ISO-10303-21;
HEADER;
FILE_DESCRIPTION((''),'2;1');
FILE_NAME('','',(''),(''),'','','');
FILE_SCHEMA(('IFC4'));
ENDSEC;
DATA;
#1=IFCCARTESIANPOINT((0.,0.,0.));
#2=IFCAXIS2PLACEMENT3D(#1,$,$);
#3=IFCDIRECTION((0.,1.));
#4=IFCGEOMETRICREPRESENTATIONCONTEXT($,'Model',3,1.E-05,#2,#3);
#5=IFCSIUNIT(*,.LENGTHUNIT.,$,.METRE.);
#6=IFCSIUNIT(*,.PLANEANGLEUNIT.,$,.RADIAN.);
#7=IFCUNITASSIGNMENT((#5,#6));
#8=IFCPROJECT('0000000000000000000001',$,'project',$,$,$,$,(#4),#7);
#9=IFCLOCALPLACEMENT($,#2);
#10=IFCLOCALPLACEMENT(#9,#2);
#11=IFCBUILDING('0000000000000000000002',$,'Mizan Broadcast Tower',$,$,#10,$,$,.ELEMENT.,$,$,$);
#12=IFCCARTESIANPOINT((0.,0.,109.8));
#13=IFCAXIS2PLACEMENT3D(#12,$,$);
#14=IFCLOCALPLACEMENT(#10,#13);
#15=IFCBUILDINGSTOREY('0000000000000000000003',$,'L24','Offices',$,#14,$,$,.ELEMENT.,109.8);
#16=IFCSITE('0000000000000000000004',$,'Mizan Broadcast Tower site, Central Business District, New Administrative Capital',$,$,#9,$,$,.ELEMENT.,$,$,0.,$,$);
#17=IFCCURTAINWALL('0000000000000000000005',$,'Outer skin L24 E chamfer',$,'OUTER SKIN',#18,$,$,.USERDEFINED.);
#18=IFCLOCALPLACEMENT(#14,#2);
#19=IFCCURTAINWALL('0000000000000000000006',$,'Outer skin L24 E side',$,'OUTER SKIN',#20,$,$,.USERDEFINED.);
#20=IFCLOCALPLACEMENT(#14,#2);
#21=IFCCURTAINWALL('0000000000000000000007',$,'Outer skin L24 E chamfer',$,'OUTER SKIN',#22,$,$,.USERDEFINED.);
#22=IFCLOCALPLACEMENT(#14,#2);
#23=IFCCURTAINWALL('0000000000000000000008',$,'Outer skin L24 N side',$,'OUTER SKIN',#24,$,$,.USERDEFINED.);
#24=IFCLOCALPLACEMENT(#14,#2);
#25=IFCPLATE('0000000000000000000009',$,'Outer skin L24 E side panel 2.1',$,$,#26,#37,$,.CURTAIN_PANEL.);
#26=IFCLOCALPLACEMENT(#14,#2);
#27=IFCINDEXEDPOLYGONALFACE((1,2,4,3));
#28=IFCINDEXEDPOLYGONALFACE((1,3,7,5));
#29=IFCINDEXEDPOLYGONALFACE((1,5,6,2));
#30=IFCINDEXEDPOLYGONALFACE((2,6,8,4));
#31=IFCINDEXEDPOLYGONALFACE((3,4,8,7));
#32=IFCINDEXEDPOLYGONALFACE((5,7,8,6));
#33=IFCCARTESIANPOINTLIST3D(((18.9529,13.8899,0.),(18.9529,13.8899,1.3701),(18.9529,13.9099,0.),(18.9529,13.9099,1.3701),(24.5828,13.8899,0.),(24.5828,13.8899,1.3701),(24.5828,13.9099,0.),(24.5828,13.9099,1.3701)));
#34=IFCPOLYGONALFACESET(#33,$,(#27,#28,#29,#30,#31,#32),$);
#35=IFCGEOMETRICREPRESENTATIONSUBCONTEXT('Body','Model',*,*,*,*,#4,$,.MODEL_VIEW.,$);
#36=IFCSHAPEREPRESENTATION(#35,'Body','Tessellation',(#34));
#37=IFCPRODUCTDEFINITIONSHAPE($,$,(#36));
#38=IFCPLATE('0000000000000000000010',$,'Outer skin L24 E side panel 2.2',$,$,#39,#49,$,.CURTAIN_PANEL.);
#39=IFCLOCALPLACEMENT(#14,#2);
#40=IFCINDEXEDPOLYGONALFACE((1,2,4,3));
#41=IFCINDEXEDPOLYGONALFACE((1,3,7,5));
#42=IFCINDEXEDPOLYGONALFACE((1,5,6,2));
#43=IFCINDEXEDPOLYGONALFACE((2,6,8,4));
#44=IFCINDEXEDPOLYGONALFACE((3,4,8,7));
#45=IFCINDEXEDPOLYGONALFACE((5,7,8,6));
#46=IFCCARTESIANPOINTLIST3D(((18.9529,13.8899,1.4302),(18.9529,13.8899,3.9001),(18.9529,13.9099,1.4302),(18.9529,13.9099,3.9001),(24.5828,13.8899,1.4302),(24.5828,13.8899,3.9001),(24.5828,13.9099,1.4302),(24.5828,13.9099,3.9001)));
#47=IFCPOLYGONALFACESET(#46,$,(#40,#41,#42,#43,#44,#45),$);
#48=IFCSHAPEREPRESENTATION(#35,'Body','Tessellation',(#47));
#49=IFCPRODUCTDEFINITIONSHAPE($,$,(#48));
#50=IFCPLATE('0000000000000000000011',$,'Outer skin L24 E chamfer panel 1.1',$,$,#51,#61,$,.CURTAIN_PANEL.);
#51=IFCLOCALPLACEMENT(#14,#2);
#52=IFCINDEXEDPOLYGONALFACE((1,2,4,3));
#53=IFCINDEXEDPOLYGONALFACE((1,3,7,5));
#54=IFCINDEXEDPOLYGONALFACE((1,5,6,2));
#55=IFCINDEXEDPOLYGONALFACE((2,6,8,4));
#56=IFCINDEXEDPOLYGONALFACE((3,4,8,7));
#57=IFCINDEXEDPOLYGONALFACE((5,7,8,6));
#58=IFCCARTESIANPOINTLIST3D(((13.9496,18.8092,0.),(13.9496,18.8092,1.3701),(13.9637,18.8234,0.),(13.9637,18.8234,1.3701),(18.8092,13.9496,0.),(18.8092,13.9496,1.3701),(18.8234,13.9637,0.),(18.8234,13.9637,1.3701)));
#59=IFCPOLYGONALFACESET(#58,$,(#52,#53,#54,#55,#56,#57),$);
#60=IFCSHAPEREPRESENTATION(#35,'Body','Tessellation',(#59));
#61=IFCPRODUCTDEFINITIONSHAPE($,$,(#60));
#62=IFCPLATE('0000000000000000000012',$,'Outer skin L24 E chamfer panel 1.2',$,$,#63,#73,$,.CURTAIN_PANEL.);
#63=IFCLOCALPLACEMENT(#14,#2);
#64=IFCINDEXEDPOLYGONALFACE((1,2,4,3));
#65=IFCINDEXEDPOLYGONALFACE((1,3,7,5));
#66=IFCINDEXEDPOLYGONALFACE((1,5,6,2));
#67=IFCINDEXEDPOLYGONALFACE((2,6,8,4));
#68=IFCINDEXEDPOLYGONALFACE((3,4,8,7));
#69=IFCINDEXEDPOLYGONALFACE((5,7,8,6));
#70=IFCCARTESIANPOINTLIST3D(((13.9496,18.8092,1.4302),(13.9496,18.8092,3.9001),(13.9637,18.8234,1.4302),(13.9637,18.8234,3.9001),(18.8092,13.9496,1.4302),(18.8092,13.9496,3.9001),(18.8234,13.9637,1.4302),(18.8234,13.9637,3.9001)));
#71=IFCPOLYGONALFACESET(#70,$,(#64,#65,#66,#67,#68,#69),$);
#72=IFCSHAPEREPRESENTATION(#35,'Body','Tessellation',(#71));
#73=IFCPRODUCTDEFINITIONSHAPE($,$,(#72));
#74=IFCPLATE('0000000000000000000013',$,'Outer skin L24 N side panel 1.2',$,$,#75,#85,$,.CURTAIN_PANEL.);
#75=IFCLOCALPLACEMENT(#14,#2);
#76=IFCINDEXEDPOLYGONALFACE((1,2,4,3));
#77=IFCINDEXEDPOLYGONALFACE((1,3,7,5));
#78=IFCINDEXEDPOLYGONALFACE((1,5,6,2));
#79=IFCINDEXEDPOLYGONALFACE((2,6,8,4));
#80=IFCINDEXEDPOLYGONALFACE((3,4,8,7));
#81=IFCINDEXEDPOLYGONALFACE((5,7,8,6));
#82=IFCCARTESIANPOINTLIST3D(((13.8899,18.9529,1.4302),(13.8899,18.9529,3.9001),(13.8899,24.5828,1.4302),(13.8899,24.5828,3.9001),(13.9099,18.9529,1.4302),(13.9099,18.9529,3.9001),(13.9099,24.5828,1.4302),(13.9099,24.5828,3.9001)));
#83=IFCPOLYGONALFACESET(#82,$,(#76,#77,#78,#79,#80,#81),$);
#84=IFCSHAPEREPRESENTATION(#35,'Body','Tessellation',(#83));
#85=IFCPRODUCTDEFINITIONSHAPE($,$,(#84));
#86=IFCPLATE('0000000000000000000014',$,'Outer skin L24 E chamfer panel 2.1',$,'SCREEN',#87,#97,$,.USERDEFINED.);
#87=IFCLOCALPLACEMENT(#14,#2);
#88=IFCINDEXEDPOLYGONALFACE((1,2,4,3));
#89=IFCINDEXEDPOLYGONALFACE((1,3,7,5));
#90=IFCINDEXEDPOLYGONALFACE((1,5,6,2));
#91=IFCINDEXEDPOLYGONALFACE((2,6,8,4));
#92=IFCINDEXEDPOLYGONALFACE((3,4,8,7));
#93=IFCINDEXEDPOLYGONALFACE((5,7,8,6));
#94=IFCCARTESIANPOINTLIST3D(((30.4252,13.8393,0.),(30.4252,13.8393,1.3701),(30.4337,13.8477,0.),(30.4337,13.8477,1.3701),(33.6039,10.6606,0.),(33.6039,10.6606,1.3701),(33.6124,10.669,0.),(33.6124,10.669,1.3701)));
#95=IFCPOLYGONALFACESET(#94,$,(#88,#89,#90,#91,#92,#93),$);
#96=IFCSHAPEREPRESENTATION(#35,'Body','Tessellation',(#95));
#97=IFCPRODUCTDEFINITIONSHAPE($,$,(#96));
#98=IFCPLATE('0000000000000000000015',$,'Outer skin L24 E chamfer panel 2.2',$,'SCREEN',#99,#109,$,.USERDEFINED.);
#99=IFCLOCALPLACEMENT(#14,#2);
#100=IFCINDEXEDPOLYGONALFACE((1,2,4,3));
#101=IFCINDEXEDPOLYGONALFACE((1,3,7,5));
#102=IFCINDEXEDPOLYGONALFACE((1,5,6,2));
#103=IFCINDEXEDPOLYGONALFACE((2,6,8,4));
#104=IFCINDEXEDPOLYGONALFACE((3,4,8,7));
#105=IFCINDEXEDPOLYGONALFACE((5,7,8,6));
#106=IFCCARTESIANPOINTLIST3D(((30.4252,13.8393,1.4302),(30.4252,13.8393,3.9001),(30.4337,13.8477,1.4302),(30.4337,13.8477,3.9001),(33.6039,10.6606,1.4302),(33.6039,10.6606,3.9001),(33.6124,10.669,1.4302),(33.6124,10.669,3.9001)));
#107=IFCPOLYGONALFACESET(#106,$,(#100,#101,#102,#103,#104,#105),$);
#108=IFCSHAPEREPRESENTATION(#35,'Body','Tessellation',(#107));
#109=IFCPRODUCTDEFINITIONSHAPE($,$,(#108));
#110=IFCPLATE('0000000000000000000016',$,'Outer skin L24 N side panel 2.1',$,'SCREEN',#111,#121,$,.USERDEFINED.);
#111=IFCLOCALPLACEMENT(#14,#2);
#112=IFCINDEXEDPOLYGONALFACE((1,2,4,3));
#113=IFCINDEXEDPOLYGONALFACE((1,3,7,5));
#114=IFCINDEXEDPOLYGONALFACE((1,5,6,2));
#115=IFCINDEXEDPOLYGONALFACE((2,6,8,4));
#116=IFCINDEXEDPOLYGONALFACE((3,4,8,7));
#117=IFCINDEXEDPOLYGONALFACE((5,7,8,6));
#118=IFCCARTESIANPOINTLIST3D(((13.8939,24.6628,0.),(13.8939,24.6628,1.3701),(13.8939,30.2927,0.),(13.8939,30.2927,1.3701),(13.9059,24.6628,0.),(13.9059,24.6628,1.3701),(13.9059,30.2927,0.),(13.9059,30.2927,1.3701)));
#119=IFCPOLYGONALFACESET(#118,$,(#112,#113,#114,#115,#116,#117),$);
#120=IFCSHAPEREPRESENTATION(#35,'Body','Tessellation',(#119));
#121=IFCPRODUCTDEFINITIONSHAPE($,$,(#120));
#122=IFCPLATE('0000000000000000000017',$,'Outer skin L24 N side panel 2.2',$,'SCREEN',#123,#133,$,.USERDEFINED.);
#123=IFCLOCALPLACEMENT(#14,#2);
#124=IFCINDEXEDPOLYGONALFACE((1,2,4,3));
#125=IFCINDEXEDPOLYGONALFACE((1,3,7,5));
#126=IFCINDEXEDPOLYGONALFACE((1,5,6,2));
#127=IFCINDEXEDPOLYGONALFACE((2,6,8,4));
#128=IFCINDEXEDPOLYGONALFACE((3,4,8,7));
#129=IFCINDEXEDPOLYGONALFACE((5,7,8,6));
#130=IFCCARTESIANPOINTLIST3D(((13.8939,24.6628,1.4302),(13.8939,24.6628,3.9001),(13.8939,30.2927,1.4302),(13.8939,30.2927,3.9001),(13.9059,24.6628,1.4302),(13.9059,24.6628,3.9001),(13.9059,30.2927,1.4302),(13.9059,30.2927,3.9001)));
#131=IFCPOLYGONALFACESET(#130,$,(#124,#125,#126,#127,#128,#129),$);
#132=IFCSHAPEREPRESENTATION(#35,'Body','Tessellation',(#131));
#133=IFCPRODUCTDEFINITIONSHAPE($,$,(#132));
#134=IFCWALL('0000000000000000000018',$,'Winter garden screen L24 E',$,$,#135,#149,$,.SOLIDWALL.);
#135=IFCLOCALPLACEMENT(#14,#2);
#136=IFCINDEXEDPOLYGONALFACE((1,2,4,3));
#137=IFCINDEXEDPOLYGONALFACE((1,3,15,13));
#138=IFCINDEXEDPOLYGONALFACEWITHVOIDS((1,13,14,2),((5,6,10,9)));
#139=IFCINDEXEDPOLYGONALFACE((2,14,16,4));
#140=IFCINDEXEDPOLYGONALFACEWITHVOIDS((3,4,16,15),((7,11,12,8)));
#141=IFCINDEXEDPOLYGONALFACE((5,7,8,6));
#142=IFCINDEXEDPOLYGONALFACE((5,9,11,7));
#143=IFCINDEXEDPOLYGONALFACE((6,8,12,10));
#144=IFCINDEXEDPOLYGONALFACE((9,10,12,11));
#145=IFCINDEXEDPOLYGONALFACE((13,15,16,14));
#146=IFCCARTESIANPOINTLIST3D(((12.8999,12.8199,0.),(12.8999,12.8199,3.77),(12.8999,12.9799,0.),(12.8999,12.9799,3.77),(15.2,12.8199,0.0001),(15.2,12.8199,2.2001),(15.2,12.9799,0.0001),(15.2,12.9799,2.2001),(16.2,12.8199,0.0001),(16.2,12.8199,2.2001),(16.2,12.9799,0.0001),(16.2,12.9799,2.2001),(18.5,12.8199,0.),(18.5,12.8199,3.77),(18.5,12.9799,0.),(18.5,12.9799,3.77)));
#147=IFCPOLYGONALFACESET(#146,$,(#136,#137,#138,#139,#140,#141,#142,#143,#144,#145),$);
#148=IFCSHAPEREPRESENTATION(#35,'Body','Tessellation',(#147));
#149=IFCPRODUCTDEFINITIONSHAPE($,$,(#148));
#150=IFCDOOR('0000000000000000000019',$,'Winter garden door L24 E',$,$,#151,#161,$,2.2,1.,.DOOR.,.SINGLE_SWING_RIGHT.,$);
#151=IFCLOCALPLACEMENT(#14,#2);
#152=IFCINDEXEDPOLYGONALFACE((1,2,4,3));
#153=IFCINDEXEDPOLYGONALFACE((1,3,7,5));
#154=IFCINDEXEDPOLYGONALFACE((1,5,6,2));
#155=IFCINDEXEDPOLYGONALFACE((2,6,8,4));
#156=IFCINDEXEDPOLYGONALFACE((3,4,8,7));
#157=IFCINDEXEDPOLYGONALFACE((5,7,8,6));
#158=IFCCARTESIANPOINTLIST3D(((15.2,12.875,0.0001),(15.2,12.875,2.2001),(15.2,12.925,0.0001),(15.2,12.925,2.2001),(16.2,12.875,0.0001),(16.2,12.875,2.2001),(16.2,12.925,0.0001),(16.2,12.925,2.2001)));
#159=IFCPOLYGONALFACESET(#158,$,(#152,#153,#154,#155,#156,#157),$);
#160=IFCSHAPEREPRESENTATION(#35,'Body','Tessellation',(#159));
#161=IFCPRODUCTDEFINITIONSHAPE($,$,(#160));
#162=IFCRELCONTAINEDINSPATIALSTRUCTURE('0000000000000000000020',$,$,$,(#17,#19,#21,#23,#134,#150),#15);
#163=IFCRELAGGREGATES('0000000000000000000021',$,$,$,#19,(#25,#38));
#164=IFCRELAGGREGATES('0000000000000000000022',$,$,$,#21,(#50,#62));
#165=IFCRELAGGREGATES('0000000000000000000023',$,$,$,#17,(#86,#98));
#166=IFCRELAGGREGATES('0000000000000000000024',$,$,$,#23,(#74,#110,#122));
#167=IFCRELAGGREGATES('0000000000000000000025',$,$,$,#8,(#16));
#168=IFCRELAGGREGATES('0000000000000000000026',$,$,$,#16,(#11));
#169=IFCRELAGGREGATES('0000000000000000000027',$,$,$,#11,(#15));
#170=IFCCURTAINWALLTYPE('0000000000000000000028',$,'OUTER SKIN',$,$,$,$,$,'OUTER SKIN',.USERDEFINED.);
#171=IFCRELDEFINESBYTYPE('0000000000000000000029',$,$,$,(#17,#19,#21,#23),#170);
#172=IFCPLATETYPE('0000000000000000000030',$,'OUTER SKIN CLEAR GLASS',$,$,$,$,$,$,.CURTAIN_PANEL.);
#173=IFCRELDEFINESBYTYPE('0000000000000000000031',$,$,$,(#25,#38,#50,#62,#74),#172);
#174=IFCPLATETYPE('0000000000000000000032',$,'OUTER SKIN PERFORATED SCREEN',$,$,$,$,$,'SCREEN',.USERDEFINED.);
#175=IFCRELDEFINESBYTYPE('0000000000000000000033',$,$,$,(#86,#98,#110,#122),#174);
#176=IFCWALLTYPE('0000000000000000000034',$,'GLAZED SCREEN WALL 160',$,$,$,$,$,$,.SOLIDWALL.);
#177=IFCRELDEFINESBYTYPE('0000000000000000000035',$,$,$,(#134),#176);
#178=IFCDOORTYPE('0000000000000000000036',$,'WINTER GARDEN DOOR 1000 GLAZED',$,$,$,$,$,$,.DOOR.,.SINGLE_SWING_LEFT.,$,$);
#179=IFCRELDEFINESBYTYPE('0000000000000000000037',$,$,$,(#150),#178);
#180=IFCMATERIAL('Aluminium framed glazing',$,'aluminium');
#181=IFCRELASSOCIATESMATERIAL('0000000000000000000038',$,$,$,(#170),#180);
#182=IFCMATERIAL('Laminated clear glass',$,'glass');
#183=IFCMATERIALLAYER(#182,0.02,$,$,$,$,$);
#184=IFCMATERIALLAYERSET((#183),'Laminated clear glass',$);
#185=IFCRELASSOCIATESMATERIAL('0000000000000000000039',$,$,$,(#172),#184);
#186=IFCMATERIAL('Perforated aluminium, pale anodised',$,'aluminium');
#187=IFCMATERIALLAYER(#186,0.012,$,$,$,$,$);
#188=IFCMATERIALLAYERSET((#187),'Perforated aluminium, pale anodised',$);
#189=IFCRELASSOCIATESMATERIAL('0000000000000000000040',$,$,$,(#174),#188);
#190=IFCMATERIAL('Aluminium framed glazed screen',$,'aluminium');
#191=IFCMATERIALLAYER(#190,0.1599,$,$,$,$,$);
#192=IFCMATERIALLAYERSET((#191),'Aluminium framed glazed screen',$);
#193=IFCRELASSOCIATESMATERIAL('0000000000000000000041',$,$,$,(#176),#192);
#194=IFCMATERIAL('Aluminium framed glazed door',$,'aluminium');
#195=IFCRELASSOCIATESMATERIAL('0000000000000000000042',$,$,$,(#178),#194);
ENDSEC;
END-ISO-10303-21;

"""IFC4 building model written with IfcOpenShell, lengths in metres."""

from ifc_helpers import new_model, si_unit, direction, frame, frame_2d, origin, origin_2d, place, context, subcontext, project, spatial, rectangle, extrude, material, layer, layer_set, type_object, element, fill, aggregate, save


model = new_model("IFC4")

# Units and contexts
model_context = context("Model", 3, precision=1e-05, world=origin(), true_north=direction((0.0, 1.0)))
body_context = subcontext(model_context, "Body", "Model", "MODEL_VIEW")
ifc_project = project(units=[si_unit("LENGTHUNIT", "METRE"), si_unit("PLANEANGLEUNIT", "RADIAN")], contexts=[model_context])

# Site, building, storey
site_placement = place(None, origin())
site = spatial("IfcSite", under=ifc_project, at=site_placement, Name="Mizan Broadcast Tower site, Central Business District, New Administrative Capital", CompositionType="ELEMENT", RefElevation=0.0)
building_placement = place(site_placement, origin())
building = spatial("IfcBuilding", under=site, at=building_placement, Name="Mizan Broadcast Tower", CompositionType="ELEMENT")
storey_placement = place(building_placement, frame((0.0, 0.0, 109.8)))
storey = spatial("IfcBuildingStorey", under=building, at=storey_placement, Name="L24", Description="Offices", CompositionType="ELEMENT", Elevation=109.8)

# Curtain wall
ifc_material_1 = material(Name="Aluminium framed glazing", Category="aluminium")
curtain_wall_type_1 = type_object("IfcCurtainWallType", Name="OUTER SKIN", ElementType="OUTER SKIN", PredefinedType="USERDEFINED", material=ifc_material_1)
curtain_wall_1_placement = place(storey_placement, origin())
curtain_wall_1 = element("IfcCurtainWall", 1, at=curtain_wall_1_placement, inside=storey, type_object=curtain_wall_type_1, Name="Outer skin L24 E chamfer", ObjectType="OUTER SKIN", PredefinedType="USERDEFINED")

# Curtain wall
curtain_wall_2_placement = place(storey_placement, origin())
curtain_wall_2 = element("IfcCurtainWall", 2, at=curtain_wall_2_placement, inside=storey, type_object=curtain_wall_type_1, Name="Outer skin L24 E side", ObjectType="OUTER SKIN", PredefinedType="USERDEFINED")

# Curtain wall
curtain_wall_3_placement = place(storey_placement, origin())
curtain_wall_3 = element("IfcCurtainWall", 3, at=curtain_wall_3_placement, inside=storey, type_object=curtain_wall_type_1, Name="Outer skin L24 E chamfer", ObjectType="OUTER SKIN", PredefinedType="USERDEFINED")

# Curtain wall
curtain_wall_4_placement = place(storey_placement, origin())
curtain_wall_4 = element("IfcCurtainWall", 4, at=curtain_wall_4_placement, inside=storey, type_object=curtain_wall_type_1, Name="Outer skin L24 N side", ObjectType="OUTER SKIN", PredefinedType="USERDEFINED")

# Plates
ifc_material_2 = material(Name="Laminated clear glass", Category="glass")
ifc_layer_1 = layer(ifc_material_2, 0.02)
ifc_layer_set_1 = layer_set([ifc_layer_1], Name="Laminated clear glass")
plate_type_1 = type_object("IfcPlateType", Name="OUTER SKIN CLEAR GLASS", PredefinedType="CURTAIN_PANEL", material=ifc_layer_set_1)
plate_1_placement = place(storey_placement, frame((21.7678, 13.8999, 0.0), z_axis=(0.0, 0.0, 1.0), x_axis=(-1.0, 0.0, 0.0)))
plate_1 = element("IfcPlate", 5, at=plate_1_placement, type_object=plate_type_1, Name="Outer skin L24 E side panel 2.1", PredefinedType="CURTAIN_PANEL", context=body_context, shape_type="SweptSolid", body=[
    extrude(rectangle(XDim=5.6299, YDim=0.02, at=origin_2d()), origin(), (0.0, 0.0, 1.0), 1.3701),
])
plate_2_placement = place(storey_placement, frame((21.7678, 13.8999, 1.4302), z_axis=(0.0, 0.0, 1.0), x_axis=(-1.0, 0.0, 0.0)))
plate_2 = element("IfcPlate", 6, at=plate_2_placement, type_object=plate_type_1, Name="Outer skin L24 E side panel 2.2", PredefinedType="CURTAIN_PANEL", context=body_context, shape_type="SweptSolid", body=[
    extrude(rectangle(XDim=5.6299, YDim=0.02, at=origin_2d()), origin(), (0.0, 0.0, 1.0), 2.47),
])
aggregate(curtain_wall_2, [plate_1, plate_2])
plate_3_placement = place(storey_placement, frame((16.3865, 16.3865, 0.0), z_axis=(0.0, 0.0, 1.0), x_axis=(-0.707107, 0.707107, 0.0)))
plate_3 = element("IfcPlate", 7, at=plate_3_placement, type_object=plate_type_1, Name="Outer skin L24 E chamfer panel 1.1", PredefinedType="CURTAIN_PANEL", context=body_context, shape_type="SweptSolid", body=[
    extrude(rectangle(XDim=6.8726, YDim=0.02, at=origin_2d()), origin(), (0.0, 0.0, 1.0), 1.3701),
])
plate_4_placement = place(storey_placement, frame((16.3865, 16.3865, 1.4302), z_axis=(0.0, 0.0, 1.0), x_axis=(-0.707107, 0.707107, 0.0)))
plate_4 = element("IfcPlate", 8, at=plate_4_placement, type_object=plate_type_1, Name="Outer skin L24 E chamfer panel 1.2", PredefinedType="CURTAIN_PANEL", context=body_context, shape_type="SweptSolid", body=[
    extrude(rectangle(XDim=6.8726, YDim=0.02, at=origin_2d()), origin(), (0.0, 0.0, 1.0), 2.47),
])
aggregate(curtain_wall_3, [plate_3, plate_4])
plate_5_placement = place(storey_placement, frame((13.8999, 21.7678, 1.4302), z_axis=(0.0, 0.0, 1.0), x_axis=(0.0, 1.0, 0.0)))
plate_5 = element("IfcPlate", 9, at=plate_5_placement, type_object=plate_type_1, Name="Outer skin L24 N side panel 1.2", PredefinedType="CURTAIN_PANEL", context=body_context, shape_type="SweptSolid", body=[
    extrude(rectangle(XDim=5.6299, YDim=0.02, at=origin_2d()), origin(), (0.0, 0.0, 1.0), 2.47),
])
ifc_material_3 = material(Name="Perforated aluminium, pale anodised", Category="aluminium")
ifc_layer_2 = layer(ifc_material_3, 0.012)
ifc_layer_set_2 = layer_set([ifc_layer_2], Name="Perforated aluminium, pale anodised")
plate_type_2 = type_object("IfcPlateType", Name="OUTER SKIN PERFORATED SCREEN", ElementType="SCREEN", PredefinedType="USERDEFINED", material=ifc_layer_set_2)
plate_6_placement = place(storey_placement, frame((32.0188, 12.2542, 0.0), z_axis=(0.0, 0.0, 1.0), x_axis=(-0.707107, 0.707107, 0.0)))
plate_6 = element("IfcPlate", 10, at=plate_6_placement, type_object=plate_type_2, Name="Outer skin L24 E chamfer panel 2.1", ObjectType="SCREEN", PredefinedType="USERDEFINED", context=body_context, shape_type="SweptSolid", body=[
    extrude(rectangle(XDim=4.4954, YDim=0.012, at=origin_2d()), origin(), (0.0, 0.0, 1.0), 1.3701),
])
plate_7_placement = place(storey_placement, frame((32.0188, 12.2542, 1.4302), z_axis=(0.0, 0.0, 1.0), x_axis=(-0.707107, 0.707107, 0.0)))
plate_7 = element("IfcPlate", 11, at=plate_7_placement, type_object=plate_type_2, Name="Outer skin L24 E chamfer panel 2.2", ObjectType="SCREEN", PredefinedType="USERDEFINED", context=body_context, shape_type="SweptSolid", body=[
    extrude(rectangle(XDim=4.4954, YDim=0.012, at=origin_2d()), origin(), (0.0, 0.0, 1.0), 2.47),
])
aggregate(curtain_wall_1, [plate_6, plate_7])
plate_8_placement = place(storey_placement, frame((13.8999, 27.4778, 0.0), z_axis=(0.0, 0.0, 1.0), x_axis=(0.0, 1.0, 0.0)))
plate_8 = element("IfcPlate", 12, at=plate_8_placement, type_object=plate_type_2, Name="Outer skin L24 N side panel 2.1", ObjectType="SCREEN", PredefinedType="USERDEFINED", context=body_context, shape_type="SweptSolid", body=[
    extrude(rectangle(XDim=5.6299, YDim=0.012, at=origin_2d()), origin(), (0.0, 0.0, 1.0), 1.3701),
])
plate_9_placement = place(storey_placement, frame((13.8999, 27.4778, 1.4302), z_axis=(0.0, 0.0, 1.0), x_axis=(0.0, 1.0, 0.0)))
plate_9 = element("IfcPlate", 13, at=plate_9_placement, type_object=plate_type_2, Name="Outer skin L24 N side panel 2.2", ObjectType="SCREEN", PredefinedType="USERDEFINED", context=body_context, shape_type="SweptSolid", body=[
    extrude(rectangle(XDim=5.6299, YDim=0.012, at=origin_2d()), origin(), (0.0, 0.0, 1.0), 2.47),
])
aggregate(curtain_wall_4, [plate_5, plate_8, plate_9])

# Wall, opening, door
ifc_material_4 = material(Name="Aluminium framed glazed screen", Category="aluminium")
ifc_layer_3 = layer(ifc_material_4, 0.1599)
ifc_layer_set_3 = layer_set([ifc_layer_3], Name="Aluminium framed glazed screen")
wall_type = type_object("IfcWallType", Name="GLAZED SCREEN WALL 160", PredefinedType="SOLIDWALL", material=ifc_layer_set_3)
wall_placement = place(storey_placement, frame((18.5, 12.8999, 0.0), z_axis=(0.0, 0.0, 1.0), x_axis=(-1.0, 0.0, 0.0)))
wall = element("IfcWall", 14, at=wall_placement, inside=storey, type_object=wall_type, Name="Winter garden screen L24 E", PredefinedType="SOLIDWALL", context=body_context, shape_type="SweptSolid", body=[
    extrude(rectangle(XDim=5.6001, YDim=0.1599, at=frame_2d((2.8, 0.0))), origin(), (0.0, 0.0, 1.0), 3.77),
])
opening_placement = place(wall_placement, frame((2.3, 0.0, 0.0)))
opening = element("IfcOpeningElement", 15, at=opening_placement, cuts=wall, PredefinedType="OPENING", context=body_context, shape_type="SweptSolid", body=[
    extrude(rectangle(XDim=1.0, YDim=2.2, at=frame_2d((0.5, 1.1001))), frame((0.0, 0.0898, 0.0), z_axis=(0.0, -1.0, 0.0), x_axis=(1.0, 0.0, 0.0)), (0.0, 0.0, 1.0), 0.1799),
])
ifc_material_5 = material(Name="Aluminium framed glazed door", Category="aluminium")
door_type = type_object("IfcDoorType", Name="WINTER GARDEN DOOR 1000 GLAZED", OperationType="SINGLE_SWING_LEFT", PredefinedType="DOOR", material=ifc_material_5)
door_placement = place(opening_placement, origin())
door = element("IfcDoor", 16, at=door_placement, inside=storey, type_object=door_type, Name="Winter garden door L24 E", OperationType="SINGLE_SWING_RIGHT", OverallHeight=2.2, OverallWidth=1.0, PredefinedType="DOOR", context=body_context, shape_type="SweptSolid", body=[
    extrude(rectangle(XDim=1.0, YDim=2.2, at=frame_2d((0.5, 1.1001))), frame((0.0, 0.0249, 0.0), z_axis=(0.0, -1.0, 0.0), x_axis=(1.0, 0.0, 0.0)), (0.0, 0.0, 1.0), 0.05),
])
fill(opening, door)

save(model, "model.ifc")
